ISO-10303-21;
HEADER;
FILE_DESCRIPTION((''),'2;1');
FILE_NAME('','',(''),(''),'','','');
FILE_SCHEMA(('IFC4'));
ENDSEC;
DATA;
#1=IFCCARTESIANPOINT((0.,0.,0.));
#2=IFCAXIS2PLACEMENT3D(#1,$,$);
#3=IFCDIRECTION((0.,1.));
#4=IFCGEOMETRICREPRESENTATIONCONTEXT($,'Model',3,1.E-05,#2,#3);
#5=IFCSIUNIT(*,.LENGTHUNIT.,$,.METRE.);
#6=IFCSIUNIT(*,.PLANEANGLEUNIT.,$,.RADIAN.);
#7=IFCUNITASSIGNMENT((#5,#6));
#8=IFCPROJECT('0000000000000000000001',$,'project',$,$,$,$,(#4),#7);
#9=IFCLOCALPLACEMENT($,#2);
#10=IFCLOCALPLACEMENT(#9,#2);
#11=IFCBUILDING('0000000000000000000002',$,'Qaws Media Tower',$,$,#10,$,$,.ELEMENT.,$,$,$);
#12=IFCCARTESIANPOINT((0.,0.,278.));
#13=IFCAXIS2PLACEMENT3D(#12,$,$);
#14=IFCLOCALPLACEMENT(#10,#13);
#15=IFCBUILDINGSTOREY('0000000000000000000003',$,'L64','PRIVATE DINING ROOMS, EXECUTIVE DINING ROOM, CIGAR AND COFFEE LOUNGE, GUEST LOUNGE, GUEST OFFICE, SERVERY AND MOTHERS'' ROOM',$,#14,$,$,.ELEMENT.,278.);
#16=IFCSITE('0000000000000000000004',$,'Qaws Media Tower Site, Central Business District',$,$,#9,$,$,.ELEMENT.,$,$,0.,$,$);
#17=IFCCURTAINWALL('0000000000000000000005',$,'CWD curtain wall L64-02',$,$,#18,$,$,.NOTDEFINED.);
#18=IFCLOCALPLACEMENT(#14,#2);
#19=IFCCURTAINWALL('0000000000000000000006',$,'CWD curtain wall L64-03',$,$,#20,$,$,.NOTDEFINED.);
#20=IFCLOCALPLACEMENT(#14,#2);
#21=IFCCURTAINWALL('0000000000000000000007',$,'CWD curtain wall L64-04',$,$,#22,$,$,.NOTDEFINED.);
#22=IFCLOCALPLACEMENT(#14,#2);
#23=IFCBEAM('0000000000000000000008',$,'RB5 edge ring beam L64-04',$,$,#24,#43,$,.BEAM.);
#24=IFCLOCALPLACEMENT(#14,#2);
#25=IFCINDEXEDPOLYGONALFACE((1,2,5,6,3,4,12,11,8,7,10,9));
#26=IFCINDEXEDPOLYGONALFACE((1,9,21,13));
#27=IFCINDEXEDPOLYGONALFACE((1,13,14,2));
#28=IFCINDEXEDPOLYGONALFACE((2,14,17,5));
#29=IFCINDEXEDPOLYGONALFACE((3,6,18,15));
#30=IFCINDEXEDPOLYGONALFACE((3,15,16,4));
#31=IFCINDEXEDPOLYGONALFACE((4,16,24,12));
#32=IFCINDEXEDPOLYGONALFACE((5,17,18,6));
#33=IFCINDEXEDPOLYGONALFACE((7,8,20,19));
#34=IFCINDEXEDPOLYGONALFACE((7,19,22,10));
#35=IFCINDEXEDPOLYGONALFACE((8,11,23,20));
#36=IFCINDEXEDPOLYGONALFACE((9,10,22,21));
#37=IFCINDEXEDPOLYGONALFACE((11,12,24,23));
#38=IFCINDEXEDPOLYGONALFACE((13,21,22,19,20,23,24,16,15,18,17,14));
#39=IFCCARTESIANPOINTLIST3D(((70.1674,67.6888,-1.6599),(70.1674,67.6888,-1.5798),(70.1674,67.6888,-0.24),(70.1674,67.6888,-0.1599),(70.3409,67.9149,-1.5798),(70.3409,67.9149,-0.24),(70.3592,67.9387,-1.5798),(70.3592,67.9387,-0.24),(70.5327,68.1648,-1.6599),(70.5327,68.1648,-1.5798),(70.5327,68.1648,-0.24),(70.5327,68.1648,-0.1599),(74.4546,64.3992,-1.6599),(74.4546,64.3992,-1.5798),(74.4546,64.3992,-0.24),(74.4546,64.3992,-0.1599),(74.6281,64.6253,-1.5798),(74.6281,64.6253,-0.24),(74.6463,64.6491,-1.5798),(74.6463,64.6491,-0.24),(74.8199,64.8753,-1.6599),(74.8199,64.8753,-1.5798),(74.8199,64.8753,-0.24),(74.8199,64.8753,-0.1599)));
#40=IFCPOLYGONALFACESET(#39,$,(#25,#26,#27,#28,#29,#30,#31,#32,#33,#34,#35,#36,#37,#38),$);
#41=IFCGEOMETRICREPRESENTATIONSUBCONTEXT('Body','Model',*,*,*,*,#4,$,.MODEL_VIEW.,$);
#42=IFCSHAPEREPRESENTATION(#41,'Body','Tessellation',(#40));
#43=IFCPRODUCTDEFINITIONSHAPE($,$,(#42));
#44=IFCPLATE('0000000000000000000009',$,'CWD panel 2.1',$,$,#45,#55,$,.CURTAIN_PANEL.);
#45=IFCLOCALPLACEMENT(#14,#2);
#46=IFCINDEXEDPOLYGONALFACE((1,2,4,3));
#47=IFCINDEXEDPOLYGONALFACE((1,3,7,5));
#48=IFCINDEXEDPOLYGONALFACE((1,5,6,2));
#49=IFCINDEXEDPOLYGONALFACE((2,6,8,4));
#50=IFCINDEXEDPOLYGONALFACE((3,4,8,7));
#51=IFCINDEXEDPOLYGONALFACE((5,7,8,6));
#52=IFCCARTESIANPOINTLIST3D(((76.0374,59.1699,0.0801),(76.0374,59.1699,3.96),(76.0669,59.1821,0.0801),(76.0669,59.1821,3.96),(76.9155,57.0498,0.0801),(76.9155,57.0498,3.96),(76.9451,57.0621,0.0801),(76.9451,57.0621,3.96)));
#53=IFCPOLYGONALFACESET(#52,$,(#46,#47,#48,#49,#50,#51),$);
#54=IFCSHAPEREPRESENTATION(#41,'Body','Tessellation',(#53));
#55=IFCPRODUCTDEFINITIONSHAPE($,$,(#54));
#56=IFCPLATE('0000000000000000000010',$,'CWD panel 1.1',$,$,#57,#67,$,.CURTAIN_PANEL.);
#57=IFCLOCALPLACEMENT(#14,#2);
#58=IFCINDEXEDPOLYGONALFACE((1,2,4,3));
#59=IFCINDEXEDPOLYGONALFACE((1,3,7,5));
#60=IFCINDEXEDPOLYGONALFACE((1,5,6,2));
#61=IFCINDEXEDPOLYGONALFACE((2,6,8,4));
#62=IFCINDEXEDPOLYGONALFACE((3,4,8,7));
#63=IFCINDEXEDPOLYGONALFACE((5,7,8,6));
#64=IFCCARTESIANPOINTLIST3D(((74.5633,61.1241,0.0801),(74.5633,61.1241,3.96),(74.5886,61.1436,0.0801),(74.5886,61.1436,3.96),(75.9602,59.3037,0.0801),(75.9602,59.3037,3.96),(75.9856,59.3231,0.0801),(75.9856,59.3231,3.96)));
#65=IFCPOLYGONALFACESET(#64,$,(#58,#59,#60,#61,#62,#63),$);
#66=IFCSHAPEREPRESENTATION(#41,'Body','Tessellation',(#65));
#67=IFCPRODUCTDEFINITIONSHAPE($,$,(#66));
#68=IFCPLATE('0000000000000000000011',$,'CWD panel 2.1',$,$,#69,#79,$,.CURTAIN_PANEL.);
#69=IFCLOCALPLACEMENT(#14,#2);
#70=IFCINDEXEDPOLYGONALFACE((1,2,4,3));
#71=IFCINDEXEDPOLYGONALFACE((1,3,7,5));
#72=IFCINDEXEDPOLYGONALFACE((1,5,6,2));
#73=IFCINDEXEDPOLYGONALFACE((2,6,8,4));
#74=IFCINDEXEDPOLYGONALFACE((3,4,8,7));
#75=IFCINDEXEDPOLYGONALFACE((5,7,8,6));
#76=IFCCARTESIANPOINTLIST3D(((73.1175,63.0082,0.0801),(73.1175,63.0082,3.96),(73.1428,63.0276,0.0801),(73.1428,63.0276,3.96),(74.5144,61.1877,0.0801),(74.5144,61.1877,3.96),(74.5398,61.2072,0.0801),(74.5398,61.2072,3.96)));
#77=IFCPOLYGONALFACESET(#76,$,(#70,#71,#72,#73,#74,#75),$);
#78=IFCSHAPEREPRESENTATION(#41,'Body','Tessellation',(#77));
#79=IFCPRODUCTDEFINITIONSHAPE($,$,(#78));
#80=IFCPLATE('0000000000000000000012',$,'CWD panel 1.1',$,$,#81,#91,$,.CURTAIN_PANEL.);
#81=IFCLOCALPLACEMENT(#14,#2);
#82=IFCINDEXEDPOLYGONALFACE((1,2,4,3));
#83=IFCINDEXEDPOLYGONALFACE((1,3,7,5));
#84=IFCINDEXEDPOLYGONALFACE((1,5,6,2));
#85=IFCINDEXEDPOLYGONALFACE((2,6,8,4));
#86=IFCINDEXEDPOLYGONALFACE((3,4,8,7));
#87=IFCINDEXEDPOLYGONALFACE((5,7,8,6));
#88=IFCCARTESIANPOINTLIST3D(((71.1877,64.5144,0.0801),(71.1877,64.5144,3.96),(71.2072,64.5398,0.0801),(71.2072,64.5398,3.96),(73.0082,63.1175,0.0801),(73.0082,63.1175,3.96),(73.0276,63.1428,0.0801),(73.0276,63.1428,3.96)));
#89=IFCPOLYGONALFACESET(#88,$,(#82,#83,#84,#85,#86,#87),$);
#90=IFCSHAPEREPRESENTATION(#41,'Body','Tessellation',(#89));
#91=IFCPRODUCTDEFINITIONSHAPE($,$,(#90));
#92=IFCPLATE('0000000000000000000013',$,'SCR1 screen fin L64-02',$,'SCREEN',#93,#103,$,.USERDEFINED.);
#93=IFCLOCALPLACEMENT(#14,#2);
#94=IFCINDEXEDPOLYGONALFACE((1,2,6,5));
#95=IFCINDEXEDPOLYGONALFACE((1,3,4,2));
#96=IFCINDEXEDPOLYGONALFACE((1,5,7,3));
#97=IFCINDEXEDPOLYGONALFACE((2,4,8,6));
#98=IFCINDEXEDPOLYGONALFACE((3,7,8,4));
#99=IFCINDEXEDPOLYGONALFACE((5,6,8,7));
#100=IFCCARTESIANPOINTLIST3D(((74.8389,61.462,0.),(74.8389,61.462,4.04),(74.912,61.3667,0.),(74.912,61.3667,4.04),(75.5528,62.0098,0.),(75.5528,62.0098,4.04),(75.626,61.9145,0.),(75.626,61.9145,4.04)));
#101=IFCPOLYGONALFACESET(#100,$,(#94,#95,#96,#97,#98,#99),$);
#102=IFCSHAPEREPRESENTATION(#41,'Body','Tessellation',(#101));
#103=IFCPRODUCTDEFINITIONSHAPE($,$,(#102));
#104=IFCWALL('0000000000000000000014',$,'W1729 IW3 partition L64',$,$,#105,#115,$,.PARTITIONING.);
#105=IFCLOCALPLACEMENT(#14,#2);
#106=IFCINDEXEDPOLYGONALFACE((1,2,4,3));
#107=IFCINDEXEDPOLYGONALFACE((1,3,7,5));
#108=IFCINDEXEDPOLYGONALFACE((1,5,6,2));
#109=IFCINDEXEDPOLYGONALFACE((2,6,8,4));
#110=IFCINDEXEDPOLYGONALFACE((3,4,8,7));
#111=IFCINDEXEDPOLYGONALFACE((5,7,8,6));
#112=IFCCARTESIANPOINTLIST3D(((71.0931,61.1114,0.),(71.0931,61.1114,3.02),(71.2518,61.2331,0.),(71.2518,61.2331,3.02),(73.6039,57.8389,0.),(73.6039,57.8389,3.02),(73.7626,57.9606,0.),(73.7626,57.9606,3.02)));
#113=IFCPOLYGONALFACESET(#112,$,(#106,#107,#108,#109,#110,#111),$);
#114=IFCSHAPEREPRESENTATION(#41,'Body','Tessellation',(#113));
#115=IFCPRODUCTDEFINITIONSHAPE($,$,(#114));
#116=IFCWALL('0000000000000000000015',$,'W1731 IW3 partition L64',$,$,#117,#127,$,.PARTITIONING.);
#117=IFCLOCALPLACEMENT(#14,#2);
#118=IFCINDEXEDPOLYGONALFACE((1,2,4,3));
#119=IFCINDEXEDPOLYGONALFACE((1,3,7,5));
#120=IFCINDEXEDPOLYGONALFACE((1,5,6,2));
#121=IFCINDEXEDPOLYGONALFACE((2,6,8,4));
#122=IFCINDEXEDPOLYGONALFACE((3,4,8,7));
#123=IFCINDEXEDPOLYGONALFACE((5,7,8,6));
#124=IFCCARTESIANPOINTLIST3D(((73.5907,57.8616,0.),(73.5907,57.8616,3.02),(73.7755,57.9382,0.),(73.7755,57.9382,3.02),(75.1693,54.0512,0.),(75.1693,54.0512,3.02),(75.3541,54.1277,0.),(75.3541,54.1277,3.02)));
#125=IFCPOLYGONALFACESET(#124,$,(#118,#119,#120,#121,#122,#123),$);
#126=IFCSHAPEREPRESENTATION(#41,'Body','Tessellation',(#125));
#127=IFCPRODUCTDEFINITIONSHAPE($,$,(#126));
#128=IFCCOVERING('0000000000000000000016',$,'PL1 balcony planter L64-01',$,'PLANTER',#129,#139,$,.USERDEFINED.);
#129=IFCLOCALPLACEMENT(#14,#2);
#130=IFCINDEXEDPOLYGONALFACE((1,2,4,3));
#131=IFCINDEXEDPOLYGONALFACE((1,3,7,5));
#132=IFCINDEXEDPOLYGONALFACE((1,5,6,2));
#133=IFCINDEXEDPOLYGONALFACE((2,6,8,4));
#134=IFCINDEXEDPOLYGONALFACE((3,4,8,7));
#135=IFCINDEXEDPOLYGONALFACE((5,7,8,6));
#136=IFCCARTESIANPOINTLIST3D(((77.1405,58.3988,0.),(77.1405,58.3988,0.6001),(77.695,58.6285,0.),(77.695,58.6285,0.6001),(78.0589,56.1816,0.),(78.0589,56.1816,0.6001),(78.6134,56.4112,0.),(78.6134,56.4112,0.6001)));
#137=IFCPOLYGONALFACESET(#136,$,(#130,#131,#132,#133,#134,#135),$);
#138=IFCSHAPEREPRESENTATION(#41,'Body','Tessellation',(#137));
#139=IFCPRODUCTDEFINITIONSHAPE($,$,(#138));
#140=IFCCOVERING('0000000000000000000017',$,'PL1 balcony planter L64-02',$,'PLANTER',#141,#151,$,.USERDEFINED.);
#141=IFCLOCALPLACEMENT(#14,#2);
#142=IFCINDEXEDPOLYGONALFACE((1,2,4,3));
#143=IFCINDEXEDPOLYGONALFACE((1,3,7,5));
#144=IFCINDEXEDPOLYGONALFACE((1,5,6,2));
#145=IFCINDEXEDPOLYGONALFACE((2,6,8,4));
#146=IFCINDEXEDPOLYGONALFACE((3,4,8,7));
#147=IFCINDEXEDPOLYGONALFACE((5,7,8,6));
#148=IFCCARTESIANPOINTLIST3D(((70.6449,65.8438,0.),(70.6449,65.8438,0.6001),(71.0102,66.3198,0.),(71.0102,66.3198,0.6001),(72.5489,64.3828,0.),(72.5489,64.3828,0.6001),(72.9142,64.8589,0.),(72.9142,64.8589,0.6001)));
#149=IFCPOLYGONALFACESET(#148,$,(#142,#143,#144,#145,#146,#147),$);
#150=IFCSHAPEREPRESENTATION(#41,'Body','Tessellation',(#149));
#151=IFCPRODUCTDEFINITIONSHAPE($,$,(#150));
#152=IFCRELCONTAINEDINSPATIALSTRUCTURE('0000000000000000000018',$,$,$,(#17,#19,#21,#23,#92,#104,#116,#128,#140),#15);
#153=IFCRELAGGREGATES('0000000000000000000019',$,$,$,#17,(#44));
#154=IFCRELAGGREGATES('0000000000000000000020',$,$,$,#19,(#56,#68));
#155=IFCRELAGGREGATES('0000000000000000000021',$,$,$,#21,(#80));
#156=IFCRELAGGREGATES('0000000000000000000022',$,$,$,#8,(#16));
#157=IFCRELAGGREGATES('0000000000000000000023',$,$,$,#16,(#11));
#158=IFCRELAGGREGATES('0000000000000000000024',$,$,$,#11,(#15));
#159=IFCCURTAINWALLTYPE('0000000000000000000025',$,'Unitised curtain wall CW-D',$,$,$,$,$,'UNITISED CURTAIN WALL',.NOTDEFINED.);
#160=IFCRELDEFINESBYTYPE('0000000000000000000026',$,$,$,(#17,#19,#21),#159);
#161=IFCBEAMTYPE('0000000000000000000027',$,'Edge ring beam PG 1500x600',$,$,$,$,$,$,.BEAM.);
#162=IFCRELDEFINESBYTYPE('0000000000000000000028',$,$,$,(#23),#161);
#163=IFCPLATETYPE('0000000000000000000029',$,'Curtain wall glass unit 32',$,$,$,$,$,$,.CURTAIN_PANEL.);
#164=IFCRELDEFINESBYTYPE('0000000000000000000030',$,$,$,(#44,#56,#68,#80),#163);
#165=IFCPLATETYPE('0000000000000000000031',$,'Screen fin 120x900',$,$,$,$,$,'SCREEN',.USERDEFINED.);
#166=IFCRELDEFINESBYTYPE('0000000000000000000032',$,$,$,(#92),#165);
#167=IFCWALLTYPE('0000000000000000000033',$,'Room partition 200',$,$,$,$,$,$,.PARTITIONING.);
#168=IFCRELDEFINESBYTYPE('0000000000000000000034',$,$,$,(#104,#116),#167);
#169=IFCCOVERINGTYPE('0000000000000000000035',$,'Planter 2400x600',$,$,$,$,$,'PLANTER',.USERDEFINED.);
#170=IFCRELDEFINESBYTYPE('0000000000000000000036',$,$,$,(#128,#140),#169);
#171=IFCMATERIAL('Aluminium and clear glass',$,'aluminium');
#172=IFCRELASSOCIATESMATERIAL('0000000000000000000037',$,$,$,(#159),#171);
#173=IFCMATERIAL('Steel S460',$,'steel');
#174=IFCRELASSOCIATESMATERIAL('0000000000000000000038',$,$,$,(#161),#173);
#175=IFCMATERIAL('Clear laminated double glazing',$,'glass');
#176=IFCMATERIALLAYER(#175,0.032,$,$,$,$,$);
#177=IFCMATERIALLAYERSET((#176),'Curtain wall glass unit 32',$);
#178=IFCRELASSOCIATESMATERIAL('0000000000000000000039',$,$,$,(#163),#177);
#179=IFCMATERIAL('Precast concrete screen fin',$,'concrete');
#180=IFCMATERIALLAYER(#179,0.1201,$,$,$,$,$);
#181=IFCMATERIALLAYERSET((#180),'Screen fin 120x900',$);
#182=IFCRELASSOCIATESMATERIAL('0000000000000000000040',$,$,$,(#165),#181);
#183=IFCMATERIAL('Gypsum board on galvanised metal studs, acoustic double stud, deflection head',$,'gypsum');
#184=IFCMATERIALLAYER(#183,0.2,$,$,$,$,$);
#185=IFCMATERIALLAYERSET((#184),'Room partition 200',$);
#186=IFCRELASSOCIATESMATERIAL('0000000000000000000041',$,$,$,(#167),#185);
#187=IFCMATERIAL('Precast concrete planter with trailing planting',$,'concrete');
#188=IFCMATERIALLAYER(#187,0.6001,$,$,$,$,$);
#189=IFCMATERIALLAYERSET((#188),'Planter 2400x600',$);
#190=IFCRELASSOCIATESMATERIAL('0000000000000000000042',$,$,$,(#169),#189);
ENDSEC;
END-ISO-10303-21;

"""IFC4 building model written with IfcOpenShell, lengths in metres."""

from ifc_helpers import new_model, si_unit, direction, frame, frame_2d, origin, origin_2d, place, context, subcontext, project, spatial, rectangle, i_section, extrude, material, layer, layer_set, material_profile, profile_set, type_object, element, aggregate, save


model = new_model("IFC4")

# Units and contexts
model_context = context("Model", 3, precision=1e-05, world=origin(), true_north=direction((0.0, 1.0)))
body_context = subcontext(model_context, "Body", "Model", "MODEL_VIEW")
ifc_project = project(units=[si_unit("LENGTHUNIT", "METRE"), si_unit("PLANEANGLEUNIT", "RADIAN")], contexts=[model_context])

# Site, building, storey
site_placement = place(None, origin())
site = spatial("IfcSite", under=ifc_project, at=site_placement, Name="Qaws Media Tower Site, Central Business District", CompositionType="ELEMENT", RefElevation=0.0)
building_placement = place(site_placement, origin())
building = spatial("IfcBuilding", under=site, at=building_placement, Name="Qaws Media Tower", CompositionType="ELEMENT")
storey_placement = place(building_placement, frame((0.0, 0.0, 278.0)))
storey = spatial("IfcBuildingStorey", under=building, at=storey_placement, Name="L64", Description="PRIVATE DINING ROOMS, EXECUTIVE DINING ROOM, CIGAR AND COFFEE LOUNGE, GUEST LOUNGE, GUEST OFFICE, SERVERY AND MOTHERS' ROOM", CompositionType="ELEMENT", Elevation=278.0)

# Curtain wall
ifc_material_1 = material(Name="Aluminium and clear glass", Category="aluminium")
curtain_wall_type = type_object("IfcCurtainWallType", Name="Unitised curtain wall CW-D", ElementType="UNITISED CURTAIN WALL", PredefinedType="NOTDEFINED", material=ifc_material_1)
curtain_wall_1_placement = place(storey_placement, origin())
curtain_wall_1 = element("IfcCurtainWall", 1, at=curtain_wall_1_placement, inside=storey, type_object=curtain_wall_type, Name="CWD curtain wall L64-02", PredefinedType="NOTDEFINED")

# Curtain walls
curtain_wall_2_placement = place(storey_placement, origin())
curtain_wall_2 = element("IfcCurtainWall", 2, at=curtain_wall_2_placement, inside=storey, type_object=curtain_wall_type, Name="CWD curtain wall L64-03", PredefinedType="NOTDEFINED")
curtain_wall_3_placement = place(storey_placement, origin())
curtain_wall_3 = element("IfcCurtainWall", 3, at=curtain_wall_3_placement, inside=storey, type_object=curtain_wall_type, Name="CWD curtain wall L64-04", PredefinedType="NOTDEFINED")

# Beam
ifc_material_2 = material(Name="Steel S460", Category="steel")
ifc_material_profile_1 = material_profile(ifc_material_2, i_section(OverallWidth=0.6001, OverallDepth=1.5, WebThickness=0.03, FlangeThickness=0.0801, at=origin_2d()), Name="PG 1500x600")
ifc_profile_set_1 = profile_set([ifc_material_profile_1], Name="Steel S460")
beam_type = type_object("IfcBeamType", Name="Edge ring beam PG 1500x600", PredefinedType="BEAM", material=ifc_profile_set_1)
for number, where, z_axis, x_axis, name in (
    (4, (74.6372, 64.6372, -0.9099), (-0.793359, 0.608754, 0.0), (-0.608754, -0.793359, 0.0), "RB5 edge ring beam L64-04"),
):
    element("IfcBeam", number, at=place(storey_placement, frame(where, z_axis=z_axis, x_axis=x_axis)), inside=storey, type_object=beam_type, Name=name, PredefinedType="BEAM", context=body_context, shape_type="SweptSolid", body=[
        extrude(i_section(OverallWidth=0.6001, OverallDepth=1.5, WebThickness=0.03, FlangeThickness=0.0801, at=origin_2d()), origin(), (0.0, 0.0, 1.0), 5.4038),
    ])

# Plates
ifc_material_3 = material(Name="Clear laminated double glazing", Category="glass")
ifc_layer_1 = layer(ifc_material_3, 0.032)
ifc_layer_set_1 = layer_set([ifc_layer_1], Name="Curtain wall glass unit 32")
plate_type_1 = type_object("IfcPlateType", Name="Curtain wall glass unit 32", PredefinedType="CURTAIN_PANEL", material=ifc_layer_set_1)
plate_1_placement = place(storey_placement, frame((76.4912, 58.116, 0.0801), z_axis=(0.0, 0.0, 1.0), x_axis=(-0.382683, 0.92388, 0.0)))
plate_1 = element("IfcPlate", 5, at=plate_1_placement, type_object=plate_type_1, Name="CWD panel 2.1", PredefinedType="CURTAIN_PANEL", context=body_context, shape_type="SweptSolid", body=[
    extrude(rectangle(XDim=2.2947, YDim=0.032, at=origin_2d()), origin(), (0.0, 0.0, 1.0), 3.8799),
])
aggregate(curtain_wall_1, [plate_1])
plate_2_placement = place(storey_placement, frame((75.2744, 60.2236, 0.0801), z_axis=(0.0, 0.0, 1.0), x_axis=(-0.608762, 0.793353, 0.0)))
plate_2 = element("IfcPlate", 6, at=plate_2_placement, type_object=plate_type_1, Name="CWD panel 1.1", PredefinedType="CURTAIN_PANEL", context=body_context, shape_type="SweptSolid", body=[
    extrude(rectangle(XDim=2.2947, YDim=0.032, at=origin_2d()), origin(), (0.0, 0.0, 1.0), 3.8799),
])
plate_3_placement = place(storey_placement, frame((73.8286, 62.1077, 0.0801), z_axis=(0.0, 0.0, 1.0), x_axis=(-0.608762, 0.793353, 0.0)))
plate_3 = element("IfcPlate", 7, at=plate_3_placement, type_object=plate_type_1, Name="CWD panel 2.1", PredefinedType="CURTAIN_PANEL", context=body_context, shape_type="SweptSolid", body=[
    extrude(rectangle(XDim=2.2947, YDim=0.032, at=origin_2d()), origin(), (0.0, 0.0, 1.0), 3.8799),
])
aggregate(curtain_wall_2, [plate_2, plate_3])
plate_4_placement = place(storey_placement, frame((72.1077, 63.8286, 0.0801), z_axis=(0.0, 0.0, 1.0), x_axis=(-0.793353, 0.608762, 0.0)))
plate_4 = element("IfcPlate", 8, at=plate_4_placement, type_object=plate_type_1, Name="CWD panel 1.1", PredefinedType="CURTAIN_PANEL", context=body_context, shape_type="SweptSolid", body=[
    extrude(rectangle(XDim=2.2947, YDim=0.032, at=origin_2d()), origin(), (0.0, 0.0, 1.0), 3.8799),
])
aggregate(curtain_wall_3, [plate_4])
ifc_material_4 = material(Name="Precast concrete screen fin", Category="concrete")
ifc_layer_2 = layer(ifc_material_4, 0.1201)
ifc_layer_set_2 = layer_set([ifc_layer_2], Name="Screen fin 120x900")
plate_type_2 = type_object("IfcPlateType", Name="Screen fin 120x900", ElementType="SCREEN", PredefinedType="USERDEFINED", material=ifc_layer_set_2)
plate_5_placement = place(storey_placement, frame((75.2324, 61.6882, 0.0), z_axis=(0.0, 0.0, 1.0), x_axis=(0.793353, 0.608761, 0.0)))
element("IfcPlate", 9, at=plate_5_placement, inside=storey, type_object=plate_type_2, Name="SCR1 screen fin L64-02", ObjectType="SCREEN", PredefinedType="USERDEFINED", context=body_context, shape_type="SweptSolid", body=[
    extrude(rectangle(XDim=0.8999, YDim=0.1201, at=origin_2d()), origin(), (0.0, 0.0, 1.0), 4.04),
])

# Walls
ifc_material_5 = material(Name="Gypsum board on galvanised metal studs, acoustic double stud, deflection head", Category="gypsum")
ifc_layer_3 = layer(ifc_material_5, 0.2)
ifc_layer_set_3 = layer_set([ifc_layer_3], Name="Room partition 200")
wall_type = type_object("IfcWallType", Name="Room partition 200", PredefinedType="PARTITIONING", material=ifc_layer_set_3)
wall_1_placement = place(storey_placement, frame((71.1724, 61.1724, 0.0), z_axis=(0.0, 0.0, 1.0), x_axis=(0.608715, -0.793389, 0.0)))
element("IfcWall", 10, at=wall_1_placement, inside=storey, type_object=wall_type, Name="W1729 IW3 partition L64", PredefinedType="PARTITIONING", context=body_context, shape_type="SweptSolid", body=[
    extrude(rectangle(XDim=4.1248, YDim=0.2, at=frame_2d((2.0625, 0.0))), origin(), (0.0, 0.0, 1.0), 3.02),
])
wall_2_placement = place(storey_placement, frame((73.6831, 57.8999, 0.0), z_axis=(0.0, 0.0, 1.0), x_axis=(0.382732, -0.92386, 0.0)))
element("IfcWall", 11, at=wall_2_placement, inside=storey, type_object=wall_type, Name="W1731 IW3 partition L64", PredefinedType="PARTITIONING", context=body_context, shape_type="SweptSolid", body=[
    extrude(rectangle(XDim=4.1245, YDim=0.2, at=frame_2d((2.0623, 0.0))), origin(), (0.0, 0.0, 1.0), 3.02),
])

# Coverings
ifc_material_6 = material(Name="Precast concrete planter with trailing planting", Category="concrete")
ifc_layer_4 = layer(ifc_material_6, 0.6001)
ifc_layer_set_4 = layer_set([ifc_layer_4], Name="Planter 2400x600")
covering_type = type_object("IfcCoveringType", Name="Planter 2400x600", ElementType="PLANTER", PredefinedType="USERDEFINED", material=ifc_layer_set_4)
for number, where, z_axis, x_axis, name in (
    (12, (77.877, 57.405, 0.0), (0.0, 0.0, 1.0), (-0.382683, 0.92388, 0.0), "PL1 balcony planter L64-01"),
    (13, (71.7795, 65.3513, 0.0), (0.0, 0.0, 1.0), (-0.793353, 0.608761, 0.0), "PL1 balcony planter L64-02"),
):
    element("IfcCovering", number, at=place(storey_placement, frame(where, z_axis=z_axis, x_axis=x_axis)), inside=storey, type_object=covering_type, Name=name, ObjectType="PLANTER", PredefinedType="USERDEFINED", context=body_context, shape_type="SweptSolid", body=[
        extrude(rectangle(XDim=2.3999, YDim=0.6001, at=origin_2d()), origin(), (0.0, 0.0, 1.0), 0.6001),
    ])

save(model, "model.ifc")
